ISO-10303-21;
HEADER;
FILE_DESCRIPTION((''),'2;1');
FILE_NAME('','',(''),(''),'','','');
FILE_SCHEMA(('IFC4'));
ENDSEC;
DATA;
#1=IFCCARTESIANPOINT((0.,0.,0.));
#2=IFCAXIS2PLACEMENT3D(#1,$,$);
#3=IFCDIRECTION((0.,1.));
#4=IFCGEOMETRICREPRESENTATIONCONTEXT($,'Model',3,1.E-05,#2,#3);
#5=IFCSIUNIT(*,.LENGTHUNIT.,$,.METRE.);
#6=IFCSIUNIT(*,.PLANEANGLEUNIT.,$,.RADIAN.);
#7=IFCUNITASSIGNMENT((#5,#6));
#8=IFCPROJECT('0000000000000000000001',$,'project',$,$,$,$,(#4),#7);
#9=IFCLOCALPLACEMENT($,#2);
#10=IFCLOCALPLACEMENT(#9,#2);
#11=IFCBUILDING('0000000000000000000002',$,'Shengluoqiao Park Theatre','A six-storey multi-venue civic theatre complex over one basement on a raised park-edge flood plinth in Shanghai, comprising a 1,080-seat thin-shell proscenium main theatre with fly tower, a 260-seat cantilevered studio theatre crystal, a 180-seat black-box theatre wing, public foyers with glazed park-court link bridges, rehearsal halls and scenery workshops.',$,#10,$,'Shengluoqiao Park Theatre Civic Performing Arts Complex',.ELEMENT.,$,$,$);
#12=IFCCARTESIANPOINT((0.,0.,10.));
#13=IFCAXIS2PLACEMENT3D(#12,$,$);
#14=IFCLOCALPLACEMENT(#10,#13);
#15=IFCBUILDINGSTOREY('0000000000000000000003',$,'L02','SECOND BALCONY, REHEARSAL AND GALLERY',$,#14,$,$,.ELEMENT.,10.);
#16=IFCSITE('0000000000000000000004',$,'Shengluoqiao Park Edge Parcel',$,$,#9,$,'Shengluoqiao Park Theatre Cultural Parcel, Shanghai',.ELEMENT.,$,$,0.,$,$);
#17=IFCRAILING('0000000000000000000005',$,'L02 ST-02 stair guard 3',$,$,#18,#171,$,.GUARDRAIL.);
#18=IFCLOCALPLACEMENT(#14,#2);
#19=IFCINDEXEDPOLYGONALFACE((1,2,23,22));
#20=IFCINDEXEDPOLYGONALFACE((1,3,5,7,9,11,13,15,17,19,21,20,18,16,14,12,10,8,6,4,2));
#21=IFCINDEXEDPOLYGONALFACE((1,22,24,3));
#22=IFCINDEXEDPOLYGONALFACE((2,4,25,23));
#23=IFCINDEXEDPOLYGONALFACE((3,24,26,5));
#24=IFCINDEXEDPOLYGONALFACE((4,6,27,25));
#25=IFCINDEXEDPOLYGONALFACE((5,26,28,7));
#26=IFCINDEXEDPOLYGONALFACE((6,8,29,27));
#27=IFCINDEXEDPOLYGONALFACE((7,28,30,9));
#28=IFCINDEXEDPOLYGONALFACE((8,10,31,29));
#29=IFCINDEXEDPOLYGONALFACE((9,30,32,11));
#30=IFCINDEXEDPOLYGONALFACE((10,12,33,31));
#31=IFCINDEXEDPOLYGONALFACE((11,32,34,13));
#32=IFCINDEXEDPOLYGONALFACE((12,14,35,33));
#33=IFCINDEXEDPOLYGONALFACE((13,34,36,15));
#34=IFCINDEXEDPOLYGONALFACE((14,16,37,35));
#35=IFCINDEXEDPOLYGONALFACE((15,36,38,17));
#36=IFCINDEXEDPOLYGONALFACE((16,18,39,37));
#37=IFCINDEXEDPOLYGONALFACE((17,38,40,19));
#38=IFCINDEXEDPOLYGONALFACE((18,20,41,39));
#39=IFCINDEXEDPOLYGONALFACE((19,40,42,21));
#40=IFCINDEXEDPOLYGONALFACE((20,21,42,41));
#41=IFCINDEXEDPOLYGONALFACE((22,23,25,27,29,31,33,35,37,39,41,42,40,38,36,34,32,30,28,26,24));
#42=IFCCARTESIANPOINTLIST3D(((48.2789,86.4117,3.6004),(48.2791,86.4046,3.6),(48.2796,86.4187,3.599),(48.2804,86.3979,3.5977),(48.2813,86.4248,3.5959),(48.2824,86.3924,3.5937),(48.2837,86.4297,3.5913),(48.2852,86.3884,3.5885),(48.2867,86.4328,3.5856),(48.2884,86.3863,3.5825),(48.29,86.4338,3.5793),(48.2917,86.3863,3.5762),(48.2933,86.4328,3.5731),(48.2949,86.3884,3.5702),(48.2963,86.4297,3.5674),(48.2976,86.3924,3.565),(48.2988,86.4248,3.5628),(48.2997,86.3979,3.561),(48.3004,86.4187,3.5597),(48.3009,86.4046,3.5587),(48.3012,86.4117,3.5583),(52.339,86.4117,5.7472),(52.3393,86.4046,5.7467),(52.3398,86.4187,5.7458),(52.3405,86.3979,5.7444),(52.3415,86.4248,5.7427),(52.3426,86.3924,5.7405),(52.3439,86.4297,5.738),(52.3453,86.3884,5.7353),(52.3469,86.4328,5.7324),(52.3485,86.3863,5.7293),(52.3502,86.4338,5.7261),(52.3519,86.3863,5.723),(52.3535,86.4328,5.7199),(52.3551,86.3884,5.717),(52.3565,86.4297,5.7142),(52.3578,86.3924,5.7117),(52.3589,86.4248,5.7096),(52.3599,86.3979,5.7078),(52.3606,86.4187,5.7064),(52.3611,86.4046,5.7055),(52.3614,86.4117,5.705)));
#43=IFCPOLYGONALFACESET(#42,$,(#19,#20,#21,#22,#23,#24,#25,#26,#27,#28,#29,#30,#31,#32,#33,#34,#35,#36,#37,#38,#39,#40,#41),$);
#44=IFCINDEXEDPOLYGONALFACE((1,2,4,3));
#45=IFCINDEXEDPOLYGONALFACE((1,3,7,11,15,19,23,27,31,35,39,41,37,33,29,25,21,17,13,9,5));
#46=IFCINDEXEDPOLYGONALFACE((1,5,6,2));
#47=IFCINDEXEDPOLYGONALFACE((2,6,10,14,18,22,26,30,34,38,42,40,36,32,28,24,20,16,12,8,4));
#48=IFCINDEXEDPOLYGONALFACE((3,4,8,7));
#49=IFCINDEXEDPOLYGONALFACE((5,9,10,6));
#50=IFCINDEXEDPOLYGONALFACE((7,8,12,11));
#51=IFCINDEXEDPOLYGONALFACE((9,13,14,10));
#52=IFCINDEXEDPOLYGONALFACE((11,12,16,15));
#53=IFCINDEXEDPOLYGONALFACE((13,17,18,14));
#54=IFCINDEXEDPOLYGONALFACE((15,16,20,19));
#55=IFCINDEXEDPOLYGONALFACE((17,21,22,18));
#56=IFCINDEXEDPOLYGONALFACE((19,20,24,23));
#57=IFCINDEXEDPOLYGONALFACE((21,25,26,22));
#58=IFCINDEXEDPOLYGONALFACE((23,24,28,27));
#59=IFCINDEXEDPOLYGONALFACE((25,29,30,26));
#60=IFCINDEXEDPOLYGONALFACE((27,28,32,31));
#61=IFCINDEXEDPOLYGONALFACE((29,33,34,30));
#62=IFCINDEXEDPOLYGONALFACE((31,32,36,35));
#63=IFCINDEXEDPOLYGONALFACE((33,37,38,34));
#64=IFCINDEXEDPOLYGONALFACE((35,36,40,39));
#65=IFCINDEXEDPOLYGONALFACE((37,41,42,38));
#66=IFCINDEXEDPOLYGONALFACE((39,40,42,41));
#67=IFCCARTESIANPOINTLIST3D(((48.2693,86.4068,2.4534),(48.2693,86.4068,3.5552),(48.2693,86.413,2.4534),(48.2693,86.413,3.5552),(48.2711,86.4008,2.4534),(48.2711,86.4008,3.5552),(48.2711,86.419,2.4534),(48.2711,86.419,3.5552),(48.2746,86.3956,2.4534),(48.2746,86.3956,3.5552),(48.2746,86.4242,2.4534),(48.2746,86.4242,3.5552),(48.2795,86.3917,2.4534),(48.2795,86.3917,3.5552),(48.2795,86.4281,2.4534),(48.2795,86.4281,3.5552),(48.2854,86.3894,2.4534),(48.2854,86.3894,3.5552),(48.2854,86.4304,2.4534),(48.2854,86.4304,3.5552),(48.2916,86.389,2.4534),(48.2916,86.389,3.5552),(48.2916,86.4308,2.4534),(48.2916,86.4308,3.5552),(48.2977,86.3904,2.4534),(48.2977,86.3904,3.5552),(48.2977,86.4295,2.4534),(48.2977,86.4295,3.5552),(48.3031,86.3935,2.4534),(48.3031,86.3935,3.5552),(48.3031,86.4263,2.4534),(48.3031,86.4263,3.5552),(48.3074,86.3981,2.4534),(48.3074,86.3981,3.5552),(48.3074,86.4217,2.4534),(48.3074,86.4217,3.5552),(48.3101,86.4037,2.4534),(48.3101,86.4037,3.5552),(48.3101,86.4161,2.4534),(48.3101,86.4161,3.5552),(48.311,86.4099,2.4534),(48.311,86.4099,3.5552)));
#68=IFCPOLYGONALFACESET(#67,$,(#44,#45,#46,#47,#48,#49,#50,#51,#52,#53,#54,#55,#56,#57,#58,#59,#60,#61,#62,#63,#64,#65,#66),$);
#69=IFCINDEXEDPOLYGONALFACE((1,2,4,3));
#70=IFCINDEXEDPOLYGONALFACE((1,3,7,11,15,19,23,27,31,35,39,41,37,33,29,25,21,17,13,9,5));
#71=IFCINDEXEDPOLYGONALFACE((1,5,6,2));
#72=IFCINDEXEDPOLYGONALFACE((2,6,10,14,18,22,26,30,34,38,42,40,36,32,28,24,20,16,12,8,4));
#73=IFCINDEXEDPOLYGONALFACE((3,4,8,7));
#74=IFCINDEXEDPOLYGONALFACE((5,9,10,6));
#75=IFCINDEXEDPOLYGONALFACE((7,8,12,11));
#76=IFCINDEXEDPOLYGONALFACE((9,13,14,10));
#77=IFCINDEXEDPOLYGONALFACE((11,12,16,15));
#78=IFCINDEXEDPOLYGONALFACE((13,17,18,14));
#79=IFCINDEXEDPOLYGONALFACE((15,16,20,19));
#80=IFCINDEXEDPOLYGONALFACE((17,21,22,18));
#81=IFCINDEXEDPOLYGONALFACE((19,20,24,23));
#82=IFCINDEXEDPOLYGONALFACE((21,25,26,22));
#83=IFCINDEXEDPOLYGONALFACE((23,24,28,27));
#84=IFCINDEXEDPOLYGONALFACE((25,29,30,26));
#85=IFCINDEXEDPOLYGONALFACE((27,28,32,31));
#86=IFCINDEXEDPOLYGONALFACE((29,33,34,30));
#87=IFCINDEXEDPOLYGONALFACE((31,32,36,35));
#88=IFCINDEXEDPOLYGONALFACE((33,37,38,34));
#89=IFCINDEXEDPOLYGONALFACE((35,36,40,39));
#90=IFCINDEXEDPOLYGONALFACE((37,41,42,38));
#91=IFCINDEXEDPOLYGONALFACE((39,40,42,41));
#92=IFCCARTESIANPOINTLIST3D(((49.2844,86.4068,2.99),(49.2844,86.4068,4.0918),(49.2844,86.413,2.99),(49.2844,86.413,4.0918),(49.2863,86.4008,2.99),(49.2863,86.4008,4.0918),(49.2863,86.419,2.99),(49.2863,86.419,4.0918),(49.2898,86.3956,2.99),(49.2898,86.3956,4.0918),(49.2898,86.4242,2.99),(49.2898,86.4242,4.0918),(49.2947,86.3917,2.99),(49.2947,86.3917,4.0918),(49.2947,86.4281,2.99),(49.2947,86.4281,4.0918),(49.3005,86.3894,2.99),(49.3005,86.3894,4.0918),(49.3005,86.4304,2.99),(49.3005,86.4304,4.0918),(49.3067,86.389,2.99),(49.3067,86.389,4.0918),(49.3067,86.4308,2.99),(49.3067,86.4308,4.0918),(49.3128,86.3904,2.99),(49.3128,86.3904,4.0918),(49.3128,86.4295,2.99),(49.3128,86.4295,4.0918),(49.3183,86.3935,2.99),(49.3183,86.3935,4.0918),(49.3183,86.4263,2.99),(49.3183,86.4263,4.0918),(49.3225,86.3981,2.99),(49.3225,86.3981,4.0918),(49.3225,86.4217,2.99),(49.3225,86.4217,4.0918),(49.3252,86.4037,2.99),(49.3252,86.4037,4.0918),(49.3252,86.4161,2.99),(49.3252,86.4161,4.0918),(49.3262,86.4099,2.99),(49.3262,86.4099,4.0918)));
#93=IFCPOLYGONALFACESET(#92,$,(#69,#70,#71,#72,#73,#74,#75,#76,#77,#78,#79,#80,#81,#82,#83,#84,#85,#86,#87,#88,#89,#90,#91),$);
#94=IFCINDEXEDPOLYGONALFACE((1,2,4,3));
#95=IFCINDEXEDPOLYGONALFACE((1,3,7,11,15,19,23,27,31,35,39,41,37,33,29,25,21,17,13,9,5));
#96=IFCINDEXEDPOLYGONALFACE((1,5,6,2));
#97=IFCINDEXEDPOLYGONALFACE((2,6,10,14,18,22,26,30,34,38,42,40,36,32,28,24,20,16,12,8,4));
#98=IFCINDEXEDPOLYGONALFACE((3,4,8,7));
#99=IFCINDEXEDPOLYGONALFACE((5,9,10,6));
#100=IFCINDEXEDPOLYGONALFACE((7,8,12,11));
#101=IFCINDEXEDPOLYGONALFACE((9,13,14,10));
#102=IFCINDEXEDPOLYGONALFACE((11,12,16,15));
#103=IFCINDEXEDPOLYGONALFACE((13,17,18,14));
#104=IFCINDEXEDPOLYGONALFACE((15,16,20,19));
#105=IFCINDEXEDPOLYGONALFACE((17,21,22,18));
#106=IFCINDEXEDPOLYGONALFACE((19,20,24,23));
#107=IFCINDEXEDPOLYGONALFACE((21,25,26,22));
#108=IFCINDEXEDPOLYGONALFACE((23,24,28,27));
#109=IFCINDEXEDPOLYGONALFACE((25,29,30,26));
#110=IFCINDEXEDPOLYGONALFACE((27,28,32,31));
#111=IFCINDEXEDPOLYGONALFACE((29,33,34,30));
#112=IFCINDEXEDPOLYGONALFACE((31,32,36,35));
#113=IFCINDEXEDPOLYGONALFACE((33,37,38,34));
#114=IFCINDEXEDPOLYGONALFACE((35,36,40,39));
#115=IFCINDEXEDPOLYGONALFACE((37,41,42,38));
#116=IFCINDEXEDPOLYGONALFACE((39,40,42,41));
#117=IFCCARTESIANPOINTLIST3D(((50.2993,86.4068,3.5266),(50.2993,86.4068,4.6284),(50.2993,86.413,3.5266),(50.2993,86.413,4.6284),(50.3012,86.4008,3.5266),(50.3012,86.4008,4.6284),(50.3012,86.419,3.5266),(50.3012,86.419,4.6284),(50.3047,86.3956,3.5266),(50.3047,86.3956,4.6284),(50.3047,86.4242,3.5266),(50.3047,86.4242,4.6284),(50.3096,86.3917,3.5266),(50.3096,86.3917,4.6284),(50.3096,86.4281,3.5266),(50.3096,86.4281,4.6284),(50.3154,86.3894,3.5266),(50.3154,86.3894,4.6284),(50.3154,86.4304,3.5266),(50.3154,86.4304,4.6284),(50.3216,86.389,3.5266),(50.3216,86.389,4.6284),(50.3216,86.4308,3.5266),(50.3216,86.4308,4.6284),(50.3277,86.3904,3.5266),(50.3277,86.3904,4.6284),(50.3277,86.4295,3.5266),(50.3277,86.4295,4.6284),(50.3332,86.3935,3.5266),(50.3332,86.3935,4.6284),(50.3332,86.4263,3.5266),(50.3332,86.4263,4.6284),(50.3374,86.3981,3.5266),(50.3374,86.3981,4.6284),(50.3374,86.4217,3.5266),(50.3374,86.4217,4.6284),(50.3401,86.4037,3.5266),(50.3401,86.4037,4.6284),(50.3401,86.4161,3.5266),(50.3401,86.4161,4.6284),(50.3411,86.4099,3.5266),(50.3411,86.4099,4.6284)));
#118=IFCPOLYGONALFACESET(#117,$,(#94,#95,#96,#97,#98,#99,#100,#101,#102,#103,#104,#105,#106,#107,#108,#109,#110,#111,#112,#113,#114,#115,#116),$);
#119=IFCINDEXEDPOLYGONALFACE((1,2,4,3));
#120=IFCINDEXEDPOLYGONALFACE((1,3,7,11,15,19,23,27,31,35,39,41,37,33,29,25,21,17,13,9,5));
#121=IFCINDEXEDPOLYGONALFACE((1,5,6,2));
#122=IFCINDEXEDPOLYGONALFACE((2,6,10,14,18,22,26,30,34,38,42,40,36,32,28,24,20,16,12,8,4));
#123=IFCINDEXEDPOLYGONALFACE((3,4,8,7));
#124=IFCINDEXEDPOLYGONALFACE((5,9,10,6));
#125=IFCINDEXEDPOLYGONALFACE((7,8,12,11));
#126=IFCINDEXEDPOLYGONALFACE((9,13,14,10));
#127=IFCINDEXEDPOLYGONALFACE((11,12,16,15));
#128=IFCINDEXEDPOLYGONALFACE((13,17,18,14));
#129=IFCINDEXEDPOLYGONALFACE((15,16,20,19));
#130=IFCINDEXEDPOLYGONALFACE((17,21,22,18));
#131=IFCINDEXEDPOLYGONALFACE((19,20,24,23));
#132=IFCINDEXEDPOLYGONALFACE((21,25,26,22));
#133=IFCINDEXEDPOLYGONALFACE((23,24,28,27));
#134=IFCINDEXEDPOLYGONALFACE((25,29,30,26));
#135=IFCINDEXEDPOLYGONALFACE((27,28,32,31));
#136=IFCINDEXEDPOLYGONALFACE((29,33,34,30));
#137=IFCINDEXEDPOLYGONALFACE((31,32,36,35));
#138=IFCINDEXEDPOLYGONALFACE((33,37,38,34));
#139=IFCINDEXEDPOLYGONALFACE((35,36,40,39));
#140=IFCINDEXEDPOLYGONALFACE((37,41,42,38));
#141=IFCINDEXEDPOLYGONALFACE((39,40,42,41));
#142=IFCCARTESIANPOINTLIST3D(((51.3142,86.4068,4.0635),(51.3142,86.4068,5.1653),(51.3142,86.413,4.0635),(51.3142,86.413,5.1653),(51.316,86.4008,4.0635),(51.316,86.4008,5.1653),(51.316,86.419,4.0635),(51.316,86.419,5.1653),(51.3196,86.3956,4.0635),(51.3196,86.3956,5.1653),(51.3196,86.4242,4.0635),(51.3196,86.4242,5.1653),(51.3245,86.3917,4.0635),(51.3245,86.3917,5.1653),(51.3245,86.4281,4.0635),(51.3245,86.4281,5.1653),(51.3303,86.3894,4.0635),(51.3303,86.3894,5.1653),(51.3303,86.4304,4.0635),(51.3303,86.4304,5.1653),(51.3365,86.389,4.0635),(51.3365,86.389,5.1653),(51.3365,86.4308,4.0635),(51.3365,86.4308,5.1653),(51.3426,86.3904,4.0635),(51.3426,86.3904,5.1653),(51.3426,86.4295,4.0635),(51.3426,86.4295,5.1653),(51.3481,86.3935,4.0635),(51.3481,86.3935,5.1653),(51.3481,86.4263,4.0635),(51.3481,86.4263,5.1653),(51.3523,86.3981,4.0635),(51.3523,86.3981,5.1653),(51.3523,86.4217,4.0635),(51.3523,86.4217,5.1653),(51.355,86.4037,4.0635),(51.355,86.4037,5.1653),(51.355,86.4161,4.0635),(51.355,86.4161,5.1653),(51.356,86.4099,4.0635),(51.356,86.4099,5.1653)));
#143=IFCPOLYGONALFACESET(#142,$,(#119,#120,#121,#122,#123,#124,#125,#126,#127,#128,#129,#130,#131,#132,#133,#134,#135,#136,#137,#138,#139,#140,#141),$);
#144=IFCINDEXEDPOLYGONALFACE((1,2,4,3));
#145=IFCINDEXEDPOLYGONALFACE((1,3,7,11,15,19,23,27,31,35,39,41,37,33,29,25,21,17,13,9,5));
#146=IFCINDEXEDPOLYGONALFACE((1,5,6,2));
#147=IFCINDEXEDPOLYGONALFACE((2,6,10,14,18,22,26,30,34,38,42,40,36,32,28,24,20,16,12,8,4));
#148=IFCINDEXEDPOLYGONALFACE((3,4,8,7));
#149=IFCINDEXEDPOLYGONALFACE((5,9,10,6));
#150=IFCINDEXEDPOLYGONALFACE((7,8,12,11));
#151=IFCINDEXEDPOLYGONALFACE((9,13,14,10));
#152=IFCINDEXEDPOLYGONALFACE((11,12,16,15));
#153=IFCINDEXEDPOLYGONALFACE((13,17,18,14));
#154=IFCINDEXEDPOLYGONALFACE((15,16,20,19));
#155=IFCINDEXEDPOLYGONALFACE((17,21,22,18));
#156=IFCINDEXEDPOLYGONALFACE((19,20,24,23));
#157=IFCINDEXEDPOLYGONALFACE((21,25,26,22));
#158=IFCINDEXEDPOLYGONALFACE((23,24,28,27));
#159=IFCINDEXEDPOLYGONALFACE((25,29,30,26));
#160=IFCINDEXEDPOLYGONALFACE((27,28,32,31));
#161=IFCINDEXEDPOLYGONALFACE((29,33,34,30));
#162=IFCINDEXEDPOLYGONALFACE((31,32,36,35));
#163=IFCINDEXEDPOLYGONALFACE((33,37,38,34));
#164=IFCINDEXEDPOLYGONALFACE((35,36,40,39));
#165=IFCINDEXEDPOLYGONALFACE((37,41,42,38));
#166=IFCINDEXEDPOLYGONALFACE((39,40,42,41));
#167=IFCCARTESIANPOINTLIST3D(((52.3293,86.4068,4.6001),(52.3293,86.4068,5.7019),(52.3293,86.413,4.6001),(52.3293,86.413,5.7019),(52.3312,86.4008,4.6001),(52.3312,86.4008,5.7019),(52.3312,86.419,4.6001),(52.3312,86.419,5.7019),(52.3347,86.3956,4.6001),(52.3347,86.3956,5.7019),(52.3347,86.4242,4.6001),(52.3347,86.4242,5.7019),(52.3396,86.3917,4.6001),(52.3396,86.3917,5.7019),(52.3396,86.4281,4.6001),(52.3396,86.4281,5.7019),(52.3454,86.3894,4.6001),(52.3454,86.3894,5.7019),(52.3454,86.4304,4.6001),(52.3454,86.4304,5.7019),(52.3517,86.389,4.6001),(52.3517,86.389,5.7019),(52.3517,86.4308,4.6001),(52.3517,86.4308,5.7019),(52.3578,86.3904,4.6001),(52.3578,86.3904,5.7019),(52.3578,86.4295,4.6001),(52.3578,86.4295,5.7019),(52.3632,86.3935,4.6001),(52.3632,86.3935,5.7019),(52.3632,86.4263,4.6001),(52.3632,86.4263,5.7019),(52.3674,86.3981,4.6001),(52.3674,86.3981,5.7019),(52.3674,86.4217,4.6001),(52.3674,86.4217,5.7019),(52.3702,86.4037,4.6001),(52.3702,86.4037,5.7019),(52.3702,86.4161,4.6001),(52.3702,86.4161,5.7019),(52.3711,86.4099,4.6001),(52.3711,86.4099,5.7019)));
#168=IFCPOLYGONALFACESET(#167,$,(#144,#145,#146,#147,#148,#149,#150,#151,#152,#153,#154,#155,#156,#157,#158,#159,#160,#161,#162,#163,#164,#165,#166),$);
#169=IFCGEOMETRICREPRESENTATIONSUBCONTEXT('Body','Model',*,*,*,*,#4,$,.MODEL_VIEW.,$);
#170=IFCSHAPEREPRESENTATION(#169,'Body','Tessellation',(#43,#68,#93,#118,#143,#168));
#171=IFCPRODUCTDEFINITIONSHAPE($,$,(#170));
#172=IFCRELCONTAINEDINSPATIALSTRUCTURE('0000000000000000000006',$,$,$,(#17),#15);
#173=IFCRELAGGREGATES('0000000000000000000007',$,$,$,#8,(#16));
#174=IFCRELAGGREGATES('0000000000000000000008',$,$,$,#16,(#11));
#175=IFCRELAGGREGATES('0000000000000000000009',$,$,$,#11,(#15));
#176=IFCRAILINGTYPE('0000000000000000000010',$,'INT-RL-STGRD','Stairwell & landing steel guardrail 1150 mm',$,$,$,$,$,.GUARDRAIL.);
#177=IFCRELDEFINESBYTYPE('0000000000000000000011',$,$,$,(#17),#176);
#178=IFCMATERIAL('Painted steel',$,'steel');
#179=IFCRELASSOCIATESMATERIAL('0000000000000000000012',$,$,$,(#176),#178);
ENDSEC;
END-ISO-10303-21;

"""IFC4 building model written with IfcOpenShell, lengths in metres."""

from ifc_helpers import new_model, si_unit, direction, frame, origin, origin_2d, place, context, subcontext, project, spatial, circle, extrude, material, type_object, element, save


model = new_model("IFC4")

# Units and contexts
model_context = context("Model", 3, precision=1e-05, world=origin(), true_north=direction((0.0, 1.0)))
body_context = subcontext(model_context, "Body", "Model", "MODEL_VIEW")
ifc_project = project(units=[si_unit("LENGTHUNIT", "METRE"), si_unit("PLANEANGLEUNIT", "RADIAN")], contexts=[model_context])

# Site, building, storey
site_placement = place(None, origin())
site = spatial("IfcSite", under=ifc_project, at=site_placement, Name="Shengluoqiao Park Edge Parcel", LongName="Shengluoqiao Park Theatre Cultural Parcel, Shanghai", CompositionType="ELEMENT", RefElevation=0.0)
building_placement = place(site_placement, origin())
building = spatial("IfcBuilding", under=site, at=building_placement, Name="Shengluoqiao Park Theatre", Description="A six-storey multi-venue civic theatre complex over one basement on a raised park-edge flood plinth in Shanghai, comprising a 1,080-seat thin-shell proscenium main theatre with fly tower, a 260-seat cantilevered studio theatre crystal, a 180-seat black-box theatre wing, public foyers with glazed park-court link bridges, rehearsal halls and scenery workshops.", LongName="Shengluoqiao Park Theatre Civic Performing Arts Complex", CompositionType="ELEMENT")
storey_placement = place(building_placement, frame((0.0, 0.0, 10.0)))
storey = spatial("IfcBuildingStorey", under=building, at=storey_placement, Name="L02", Description="SECOND BALCONY, REHEARSAL AND GALLERY", CompositionType="ELEMENT", Elevation=10.0)

# Railing
ifc_material_1 = material(Name="Painted steel", Category="steel")
railing_type_1 = type_object("IfcRailingType", Name="INT-RL-STGRD", Description="Stairwell & landing steel guardrail 1150 mm", PredefinedType="GUARDRAIL", material=ifc_material_1)
railing_1_placement = place(storey_placement, frame((48.29, 86.4099, 2.4534)))
element("IfcRailing", 1, at=railing_1_placement, inside=storey, type_object=railing_type_1, Name="L02 ST-02 stair guard 3", PredefinedType="GUARDRAIL", context=body_context, shape_type="SweptSolid", body=[
    extrude(circle(Radius=0.0239, at=origin_2d()), frame((0.0, 0.0, 1.126), z_axis=(0.884032, 0.0, 0.467426), x_axis=(0.0, 1.0, 0.0)), (0.0, 0.0, 1.0), 4.5928),
    extrude(circle(Radius=0.021, at=origin_2d()), origin(), (0.0, 0.0, 1.0), 1.1018),
    extrude(circle(Radius=0.021, at=origin_2d()), frame((1.0151, 0.0, 0.5366)), (0.0, 0.0, 1.0), 1.1018),
    extrude(circle(Radius=0.021, at=origin_2d()), frame((2.03, 0.0, 1.0732)), (0.0, 0.0, 1.0), 1.1018),
    extrude(circle(Radius=0.021, at=origin_2d()), frame((3.0449, 0.0, 1.6101)), (0.0, 0.0, 1.0), 1.1018),
    extrude(circle(Radius=0.021, at=origin_2d()), frame((4.0601, 0.0, 2.1467)), (0.0, 0.0, 1.0), 1.1018),
])

save(model, "model.ifc")
